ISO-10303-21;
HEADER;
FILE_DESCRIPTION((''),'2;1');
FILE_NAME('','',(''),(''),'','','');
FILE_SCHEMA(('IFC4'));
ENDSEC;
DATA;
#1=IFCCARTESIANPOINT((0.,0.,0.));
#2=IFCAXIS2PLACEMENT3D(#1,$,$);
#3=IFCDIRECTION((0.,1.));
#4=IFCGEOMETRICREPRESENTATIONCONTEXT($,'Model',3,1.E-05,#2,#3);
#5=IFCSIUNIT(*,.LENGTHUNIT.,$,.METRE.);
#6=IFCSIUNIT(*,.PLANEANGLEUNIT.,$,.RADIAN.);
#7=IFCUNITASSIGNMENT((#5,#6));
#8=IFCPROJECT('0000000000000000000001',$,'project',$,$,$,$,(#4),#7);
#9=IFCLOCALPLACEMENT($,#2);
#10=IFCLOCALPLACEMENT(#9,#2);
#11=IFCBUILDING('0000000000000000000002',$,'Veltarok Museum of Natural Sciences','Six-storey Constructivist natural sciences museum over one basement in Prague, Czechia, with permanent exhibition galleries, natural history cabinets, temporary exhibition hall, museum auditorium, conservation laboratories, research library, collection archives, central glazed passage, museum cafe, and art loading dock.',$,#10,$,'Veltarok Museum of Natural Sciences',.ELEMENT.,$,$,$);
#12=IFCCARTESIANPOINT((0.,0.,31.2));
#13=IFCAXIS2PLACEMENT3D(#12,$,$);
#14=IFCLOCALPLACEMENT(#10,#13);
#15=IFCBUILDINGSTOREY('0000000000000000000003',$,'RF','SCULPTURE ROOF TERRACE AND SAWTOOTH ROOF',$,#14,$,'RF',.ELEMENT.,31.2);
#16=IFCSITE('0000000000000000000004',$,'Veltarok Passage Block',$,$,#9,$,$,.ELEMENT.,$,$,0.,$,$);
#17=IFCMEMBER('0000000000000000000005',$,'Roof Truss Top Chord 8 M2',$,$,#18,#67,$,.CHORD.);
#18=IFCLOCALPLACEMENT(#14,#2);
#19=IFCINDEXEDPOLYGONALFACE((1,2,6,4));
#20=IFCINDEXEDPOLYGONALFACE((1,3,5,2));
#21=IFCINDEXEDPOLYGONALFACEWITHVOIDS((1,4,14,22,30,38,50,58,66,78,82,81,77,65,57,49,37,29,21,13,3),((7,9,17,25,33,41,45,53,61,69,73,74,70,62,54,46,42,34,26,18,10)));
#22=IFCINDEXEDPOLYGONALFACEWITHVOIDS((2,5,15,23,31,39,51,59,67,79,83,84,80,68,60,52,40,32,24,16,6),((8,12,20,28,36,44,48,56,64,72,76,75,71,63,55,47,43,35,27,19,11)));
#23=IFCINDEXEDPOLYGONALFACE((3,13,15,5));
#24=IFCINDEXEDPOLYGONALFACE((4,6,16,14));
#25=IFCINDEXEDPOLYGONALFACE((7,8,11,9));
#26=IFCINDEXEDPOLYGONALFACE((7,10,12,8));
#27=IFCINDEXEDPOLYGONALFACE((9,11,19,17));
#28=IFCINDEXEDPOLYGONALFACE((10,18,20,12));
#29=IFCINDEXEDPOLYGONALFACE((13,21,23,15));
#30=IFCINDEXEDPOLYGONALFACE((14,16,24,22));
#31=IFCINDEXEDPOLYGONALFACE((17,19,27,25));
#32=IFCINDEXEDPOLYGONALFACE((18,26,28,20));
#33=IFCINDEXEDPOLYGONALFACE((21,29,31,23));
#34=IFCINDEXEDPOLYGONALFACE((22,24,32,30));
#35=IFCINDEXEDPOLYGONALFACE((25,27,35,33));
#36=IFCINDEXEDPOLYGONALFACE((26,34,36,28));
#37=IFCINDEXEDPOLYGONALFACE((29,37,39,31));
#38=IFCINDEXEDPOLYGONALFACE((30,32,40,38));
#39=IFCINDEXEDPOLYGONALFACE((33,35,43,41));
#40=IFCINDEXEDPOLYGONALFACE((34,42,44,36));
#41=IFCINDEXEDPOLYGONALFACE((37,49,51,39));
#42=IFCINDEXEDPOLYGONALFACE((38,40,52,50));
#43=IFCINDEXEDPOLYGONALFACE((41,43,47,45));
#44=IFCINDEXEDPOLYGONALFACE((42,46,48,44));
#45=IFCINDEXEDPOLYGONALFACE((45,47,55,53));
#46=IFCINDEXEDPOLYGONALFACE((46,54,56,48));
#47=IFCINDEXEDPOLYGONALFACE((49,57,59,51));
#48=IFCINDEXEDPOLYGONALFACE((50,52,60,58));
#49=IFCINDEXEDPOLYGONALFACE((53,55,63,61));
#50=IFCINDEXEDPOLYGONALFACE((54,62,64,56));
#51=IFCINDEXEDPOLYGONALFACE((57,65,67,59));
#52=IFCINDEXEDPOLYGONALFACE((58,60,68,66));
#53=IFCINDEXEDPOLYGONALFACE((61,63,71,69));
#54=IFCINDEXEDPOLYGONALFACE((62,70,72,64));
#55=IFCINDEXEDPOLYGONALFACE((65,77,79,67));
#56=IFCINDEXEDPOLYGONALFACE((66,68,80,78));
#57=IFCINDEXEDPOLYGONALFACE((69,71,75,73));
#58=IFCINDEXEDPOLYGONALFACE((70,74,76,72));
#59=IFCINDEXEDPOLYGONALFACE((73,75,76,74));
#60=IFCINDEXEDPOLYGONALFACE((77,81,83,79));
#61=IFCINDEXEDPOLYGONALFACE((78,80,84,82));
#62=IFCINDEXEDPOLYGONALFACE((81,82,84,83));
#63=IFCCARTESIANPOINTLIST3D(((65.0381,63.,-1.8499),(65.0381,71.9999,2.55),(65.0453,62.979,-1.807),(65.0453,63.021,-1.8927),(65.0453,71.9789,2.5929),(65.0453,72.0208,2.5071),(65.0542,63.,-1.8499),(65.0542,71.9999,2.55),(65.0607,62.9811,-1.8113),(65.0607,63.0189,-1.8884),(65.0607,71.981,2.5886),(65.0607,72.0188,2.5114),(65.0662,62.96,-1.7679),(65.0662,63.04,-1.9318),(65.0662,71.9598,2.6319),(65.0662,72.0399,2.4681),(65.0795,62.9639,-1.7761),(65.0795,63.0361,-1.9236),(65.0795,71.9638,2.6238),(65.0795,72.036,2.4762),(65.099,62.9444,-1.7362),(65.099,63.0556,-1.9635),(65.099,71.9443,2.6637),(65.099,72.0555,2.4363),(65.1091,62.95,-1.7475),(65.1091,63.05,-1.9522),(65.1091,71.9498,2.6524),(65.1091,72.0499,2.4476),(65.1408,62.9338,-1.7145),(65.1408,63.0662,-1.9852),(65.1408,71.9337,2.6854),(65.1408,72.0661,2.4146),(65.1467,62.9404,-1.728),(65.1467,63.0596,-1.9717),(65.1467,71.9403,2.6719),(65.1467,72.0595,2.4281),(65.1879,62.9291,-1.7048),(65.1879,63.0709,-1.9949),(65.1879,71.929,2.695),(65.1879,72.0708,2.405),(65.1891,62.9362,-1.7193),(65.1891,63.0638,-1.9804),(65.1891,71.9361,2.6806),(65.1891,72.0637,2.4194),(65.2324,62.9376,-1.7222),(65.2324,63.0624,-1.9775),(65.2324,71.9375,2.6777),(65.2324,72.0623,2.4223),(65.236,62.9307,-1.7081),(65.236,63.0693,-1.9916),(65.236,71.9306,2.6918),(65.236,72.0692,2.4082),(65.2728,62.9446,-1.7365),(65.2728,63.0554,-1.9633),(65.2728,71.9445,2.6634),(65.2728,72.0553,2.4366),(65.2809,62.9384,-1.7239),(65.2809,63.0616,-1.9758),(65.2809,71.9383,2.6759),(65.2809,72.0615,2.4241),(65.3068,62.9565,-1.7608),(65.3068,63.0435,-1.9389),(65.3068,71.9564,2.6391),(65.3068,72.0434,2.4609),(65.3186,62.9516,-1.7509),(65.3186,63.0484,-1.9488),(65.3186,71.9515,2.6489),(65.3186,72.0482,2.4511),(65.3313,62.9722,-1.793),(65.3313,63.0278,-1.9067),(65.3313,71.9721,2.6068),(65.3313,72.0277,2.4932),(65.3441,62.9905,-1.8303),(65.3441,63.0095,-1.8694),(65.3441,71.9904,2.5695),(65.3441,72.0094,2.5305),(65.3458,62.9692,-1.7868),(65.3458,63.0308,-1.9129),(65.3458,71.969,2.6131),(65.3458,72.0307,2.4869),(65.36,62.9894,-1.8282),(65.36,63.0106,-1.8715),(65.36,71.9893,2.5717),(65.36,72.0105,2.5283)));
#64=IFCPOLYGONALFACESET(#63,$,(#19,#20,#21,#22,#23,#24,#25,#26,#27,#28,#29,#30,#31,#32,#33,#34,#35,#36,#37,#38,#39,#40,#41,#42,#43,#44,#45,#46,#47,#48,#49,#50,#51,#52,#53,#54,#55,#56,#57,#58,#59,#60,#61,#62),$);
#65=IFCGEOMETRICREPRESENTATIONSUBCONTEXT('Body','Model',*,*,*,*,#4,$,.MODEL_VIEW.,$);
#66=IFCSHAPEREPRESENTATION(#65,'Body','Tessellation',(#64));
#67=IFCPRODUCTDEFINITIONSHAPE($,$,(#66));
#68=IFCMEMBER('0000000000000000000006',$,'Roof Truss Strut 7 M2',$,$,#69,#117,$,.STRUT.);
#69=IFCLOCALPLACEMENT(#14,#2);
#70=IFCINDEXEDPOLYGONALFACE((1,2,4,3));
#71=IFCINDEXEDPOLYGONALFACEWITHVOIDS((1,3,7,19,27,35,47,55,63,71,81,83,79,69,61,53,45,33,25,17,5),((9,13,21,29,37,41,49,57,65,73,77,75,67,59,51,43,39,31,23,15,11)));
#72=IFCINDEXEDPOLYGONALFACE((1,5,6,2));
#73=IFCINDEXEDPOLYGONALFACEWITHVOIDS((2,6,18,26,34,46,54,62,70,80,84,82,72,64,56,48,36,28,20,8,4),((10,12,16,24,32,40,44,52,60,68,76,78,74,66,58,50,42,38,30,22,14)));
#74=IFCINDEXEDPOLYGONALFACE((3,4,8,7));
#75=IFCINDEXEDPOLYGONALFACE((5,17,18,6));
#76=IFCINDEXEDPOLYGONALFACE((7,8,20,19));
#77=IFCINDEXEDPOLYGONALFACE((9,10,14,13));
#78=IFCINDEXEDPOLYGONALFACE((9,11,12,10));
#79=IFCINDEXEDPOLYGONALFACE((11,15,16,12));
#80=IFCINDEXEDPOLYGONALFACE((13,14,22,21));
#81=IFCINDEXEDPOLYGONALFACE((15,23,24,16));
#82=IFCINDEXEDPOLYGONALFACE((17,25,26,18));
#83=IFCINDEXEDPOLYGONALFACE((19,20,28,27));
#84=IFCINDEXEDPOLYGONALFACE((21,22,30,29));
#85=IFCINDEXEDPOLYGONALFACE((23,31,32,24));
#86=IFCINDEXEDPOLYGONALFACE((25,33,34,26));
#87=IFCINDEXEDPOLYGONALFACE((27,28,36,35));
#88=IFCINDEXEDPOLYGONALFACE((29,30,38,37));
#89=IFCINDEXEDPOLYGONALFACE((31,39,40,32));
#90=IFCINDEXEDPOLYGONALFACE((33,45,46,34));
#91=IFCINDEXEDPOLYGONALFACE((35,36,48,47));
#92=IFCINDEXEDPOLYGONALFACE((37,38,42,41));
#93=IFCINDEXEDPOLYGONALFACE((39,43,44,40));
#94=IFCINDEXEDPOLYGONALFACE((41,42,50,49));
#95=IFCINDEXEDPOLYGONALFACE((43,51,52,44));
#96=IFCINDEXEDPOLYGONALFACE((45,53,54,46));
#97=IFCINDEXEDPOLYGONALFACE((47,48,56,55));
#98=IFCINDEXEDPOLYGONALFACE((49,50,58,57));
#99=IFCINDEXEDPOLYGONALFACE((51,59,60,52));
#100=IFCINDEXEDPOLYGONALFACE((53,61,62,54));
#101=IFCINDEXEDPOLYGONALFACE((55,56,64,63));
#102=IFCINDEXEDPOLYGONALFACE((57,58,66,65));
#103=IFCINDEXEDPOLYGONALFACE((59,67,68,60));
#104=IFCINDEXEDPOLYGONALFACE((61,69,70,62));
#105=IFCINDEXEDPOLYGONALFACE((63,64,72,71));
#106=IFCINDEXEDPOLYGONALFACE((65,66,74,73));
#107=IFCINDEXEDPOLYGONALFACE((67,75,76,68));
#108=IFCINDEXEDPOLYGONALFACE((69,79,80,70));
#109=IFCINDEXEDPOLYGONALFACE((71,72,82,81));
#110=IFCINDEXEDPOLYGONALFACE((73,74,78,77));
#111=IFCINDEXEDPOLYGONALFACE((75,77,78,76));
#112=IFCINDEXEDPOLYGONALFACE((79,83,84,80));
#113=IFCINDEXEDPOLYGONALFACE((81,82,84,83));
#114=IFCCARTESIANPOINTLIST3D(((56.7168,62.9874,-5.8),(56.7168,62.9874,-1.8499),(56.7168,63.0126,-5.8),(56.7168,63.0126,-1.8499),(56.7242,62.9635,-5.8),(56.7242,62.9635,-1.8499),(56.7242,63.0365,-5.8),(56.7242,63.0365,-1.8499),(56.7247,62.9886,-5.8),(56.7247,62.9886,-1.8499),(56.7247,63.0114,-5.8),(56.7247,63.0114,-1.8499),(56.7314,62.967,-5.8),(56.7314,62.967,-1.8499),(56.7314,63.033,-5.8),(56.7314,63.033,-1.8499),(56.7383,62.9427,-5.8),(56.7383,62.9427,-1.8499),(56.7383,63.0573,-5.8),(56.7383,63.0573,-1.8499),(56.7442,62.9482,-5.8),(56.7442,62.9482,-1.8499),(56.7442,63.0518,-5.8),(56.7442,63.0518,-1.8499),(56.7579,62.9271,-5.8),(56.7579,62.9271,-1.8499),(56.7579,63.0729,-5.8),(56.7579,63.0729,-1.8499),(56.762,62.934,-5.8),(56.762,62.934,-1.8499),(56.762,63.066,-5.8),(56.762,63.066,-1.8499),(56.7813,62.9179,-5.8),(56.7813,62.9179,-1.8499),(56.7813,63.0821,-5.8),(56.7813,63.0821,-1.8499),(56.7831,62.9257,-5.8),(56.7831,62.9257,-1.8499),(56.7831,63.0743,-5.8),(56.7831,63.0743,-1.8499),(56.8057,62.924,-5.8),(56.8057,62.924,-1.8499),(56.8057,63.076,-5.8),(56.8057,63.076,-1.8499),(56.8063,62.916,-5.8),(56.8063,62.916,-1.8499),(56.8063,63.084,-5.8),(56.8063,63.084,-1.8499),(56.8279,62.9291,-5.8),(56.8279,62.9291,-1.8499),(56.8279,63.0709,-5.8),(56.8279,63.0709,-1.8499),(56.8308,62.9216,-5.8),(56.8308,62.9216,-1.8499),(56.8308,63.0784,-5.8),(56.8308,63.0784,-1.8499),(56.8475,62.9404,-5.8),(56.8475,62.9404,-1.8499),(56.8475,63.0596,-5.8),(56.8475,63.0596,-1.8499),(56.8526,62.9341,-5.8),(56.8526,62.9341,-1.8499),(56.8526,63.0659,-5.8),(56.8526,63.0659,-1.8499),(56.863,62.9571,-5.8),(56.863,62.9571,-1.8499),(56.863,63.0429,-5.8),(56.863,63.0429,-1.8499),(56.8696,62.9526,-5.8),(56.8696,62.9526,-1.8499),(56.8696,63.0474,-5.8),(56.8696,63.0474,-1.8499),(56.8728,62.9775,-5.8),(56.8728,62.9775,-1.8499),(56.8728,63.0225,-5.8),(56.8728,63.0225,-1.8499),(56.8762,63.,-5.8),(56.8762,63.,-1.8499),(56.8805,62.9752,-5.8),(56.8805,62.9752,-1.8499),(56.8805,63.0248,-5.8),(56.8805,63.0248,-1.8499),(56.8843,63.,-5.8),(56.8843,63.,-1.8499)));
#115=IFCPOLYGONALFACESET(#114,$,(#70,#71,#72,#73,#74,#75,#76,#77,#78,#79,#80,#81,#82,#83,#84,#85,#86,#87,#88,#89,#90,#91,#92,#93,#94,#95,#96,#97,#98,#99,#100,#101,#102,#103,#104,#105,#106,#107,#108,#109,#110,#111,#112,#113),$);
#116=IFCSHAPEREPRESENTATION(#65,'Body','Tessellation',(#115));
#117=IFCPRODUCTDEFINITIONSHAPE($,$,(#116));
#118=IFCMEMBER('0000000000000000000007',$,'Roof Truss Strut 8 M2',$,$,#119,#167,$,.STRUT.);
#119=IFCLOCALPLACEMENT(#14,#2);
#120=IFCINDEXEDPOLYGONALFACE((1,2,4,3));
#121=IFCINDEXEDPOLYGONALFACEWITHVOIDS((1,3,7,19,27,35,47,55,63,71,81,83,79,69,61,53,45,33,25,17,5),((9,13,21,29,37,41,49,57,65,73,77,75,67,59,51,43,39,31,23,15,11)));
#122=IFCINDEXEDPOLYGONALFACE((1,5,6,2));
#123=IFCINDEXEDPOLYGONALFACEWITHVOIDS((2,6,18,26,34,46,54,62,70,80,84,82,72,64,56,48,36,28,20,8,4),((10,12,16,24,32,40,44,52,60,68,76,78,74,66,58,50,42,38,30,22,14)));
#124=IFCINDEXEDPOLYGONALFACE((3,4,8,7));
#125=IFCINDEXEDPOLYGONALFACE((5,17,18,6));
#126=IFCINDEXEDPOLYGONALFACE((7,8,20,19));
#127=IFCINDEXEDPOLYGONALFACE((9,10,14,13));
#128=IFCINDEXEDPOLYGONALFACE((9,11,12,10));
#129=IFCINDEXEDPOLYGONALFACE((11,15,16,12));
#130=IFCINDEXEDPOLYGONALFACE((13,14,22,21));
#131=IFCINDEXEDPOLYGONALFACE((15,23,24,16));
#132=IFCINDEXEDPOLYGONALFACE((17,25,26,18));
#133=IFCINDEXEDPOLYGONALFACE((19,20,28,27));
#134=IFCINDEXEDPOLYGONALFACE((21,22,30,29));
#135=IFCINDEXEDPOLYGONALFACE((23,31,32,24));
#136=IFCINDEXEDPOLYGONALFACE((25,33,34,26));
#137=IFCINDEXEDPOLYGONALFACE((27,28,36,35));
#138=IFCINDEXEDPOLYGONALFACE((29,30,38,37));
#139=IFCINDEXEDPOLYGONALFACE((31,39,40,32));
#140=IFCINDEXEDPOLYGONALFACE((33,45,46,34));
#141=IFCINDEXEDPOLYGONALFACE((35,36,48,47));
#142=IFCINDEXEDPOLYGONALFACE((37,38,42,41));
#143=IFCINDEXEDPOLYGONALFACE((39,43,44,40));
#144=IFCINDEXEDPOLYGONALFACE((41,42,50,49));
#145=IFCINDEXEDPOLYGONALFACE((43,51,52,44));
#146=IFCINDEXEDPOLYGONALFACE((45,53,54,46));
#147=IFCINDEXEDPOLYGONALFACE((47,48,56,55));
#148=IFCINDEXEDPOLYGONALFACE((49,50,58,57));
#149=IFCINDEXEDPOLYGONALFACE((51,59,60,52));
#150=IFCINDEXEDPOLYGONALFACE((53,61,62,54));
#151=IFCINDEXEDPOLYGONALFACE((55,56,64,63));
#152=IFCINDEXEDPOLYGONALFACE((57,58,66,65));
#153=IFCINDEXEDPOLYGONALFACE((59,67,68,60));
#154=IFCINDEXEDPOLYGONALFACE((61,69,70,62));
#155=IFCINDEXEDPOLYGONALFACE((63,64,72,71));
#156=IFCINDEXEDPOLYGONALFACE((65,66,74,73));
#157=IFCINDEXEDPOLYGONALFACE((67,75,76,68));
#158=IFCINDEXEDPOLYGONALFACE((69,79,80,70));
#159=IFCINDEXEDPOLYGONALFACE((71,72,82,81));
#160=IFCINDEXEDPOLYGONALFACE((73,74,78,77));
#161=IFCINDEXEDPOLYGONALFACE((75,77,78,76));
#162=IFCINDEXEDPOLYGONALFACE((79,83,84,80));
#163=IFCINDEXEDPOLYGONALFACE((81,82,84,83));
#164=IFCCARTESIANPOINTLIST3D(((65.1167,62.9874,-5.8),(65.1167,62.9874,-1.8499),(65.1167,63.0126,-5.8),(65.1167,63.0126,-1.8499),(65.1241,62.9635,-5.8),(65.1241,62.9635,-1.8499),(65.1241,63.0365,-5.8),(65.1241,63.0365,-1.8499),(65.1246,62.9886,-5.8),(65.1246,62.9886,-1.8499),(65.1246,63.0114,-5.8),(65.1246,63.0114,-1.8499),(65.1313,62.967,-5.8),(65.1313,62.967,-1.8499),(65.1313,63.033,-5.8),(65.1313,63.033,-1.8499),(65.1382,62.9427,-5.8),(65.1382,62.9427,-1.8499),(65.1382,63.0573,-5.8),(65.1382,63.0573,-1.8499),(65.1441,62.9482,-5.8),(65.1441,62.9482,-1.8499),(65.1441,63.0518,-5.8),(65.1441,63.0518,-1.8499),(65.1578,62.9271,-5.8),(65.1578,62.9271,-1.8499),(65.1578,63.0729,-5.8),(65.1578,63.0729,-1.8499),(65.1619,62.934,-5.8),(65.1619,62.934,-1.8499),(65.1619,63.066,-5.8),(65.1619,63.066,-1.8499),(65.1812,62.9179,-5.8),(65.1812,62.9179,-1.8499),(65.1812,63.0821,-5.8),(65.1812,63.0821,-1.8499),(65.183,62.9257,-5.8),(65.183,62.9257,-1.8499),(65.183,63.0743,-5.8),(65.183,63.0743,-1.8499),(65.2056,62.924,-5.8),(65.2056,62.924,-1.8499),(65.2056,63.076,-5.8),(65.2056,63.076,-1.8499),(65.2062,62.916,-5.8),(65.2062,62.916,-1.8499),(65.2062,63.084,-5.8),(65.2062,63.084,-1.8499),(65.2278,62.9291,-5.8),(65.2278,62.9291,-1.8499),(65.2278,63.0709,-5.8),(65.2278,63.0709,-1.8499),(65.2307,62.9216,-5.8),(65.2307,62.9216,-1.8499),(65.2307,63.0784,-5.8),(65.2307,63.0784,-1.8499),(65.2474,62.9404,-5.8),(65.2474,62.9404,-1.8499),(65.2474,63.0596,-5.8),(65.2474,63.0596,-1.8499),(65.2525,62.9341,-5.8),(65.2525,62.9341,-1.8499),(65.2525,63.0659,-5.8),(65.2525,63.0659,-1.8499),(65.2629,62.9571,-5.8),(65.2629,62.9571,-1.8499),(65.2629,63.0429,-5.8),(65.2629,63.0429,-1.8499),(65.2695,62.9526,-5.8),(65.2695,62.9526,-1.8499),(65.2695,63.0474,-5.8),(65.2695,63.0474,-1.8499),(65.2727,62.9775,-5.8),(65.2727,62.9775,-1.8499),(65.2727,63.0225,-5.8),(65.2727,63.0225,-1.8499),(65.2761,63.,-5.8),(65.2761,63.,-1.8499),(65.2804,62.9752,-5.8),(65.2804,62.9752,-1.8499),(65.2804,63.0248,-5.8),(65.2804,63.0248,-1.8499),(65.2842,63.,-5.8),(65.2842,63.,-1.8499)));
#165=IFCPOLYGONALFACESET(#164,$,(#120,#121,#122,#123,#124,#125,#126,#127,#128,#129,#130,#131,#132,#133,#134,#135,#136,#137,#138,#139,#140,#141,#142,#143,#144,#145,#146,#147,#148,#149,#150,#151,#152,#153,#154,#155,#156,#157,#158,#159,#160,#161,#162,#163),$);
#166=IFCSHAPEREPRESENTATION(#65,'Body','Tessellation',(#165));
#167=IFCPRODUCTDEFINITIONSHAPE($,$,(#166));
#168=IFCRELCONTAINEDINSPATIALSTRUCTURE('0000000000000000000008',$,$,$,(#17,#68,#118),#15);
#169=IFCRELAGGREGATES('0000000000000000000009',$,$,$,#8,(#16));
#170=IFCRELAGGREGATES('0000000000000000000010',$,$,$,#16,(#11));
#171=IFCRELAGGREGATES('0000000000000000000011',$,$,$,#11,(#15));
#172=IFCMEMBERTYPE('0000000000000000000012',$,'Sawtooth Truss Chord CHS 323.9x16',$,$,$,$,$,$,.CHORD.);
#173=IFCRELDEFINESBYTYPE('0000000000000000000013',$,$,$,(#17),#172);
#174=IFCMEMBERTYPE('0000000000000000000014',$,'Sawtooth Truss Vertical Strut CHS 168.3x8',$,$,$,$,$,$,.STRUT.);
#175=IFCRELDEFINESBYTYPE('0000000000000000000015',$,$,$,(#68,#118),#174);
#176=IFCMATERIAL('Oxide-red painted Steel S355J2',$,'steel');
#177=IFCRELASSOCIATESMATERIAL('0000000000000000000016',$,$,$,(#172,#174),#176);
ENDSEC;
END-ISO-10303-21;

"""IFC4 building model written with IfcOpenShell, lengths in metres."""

from ifc_helpers import new_model, si_unit, direction, frame, origin, origin_2d, place, context, subcontext, project, spatial, hollow_circle, extrude, material, material_profile, profile_set, type_object, element, save


model = new_model("IFC4")

# Units and contexts
model_context = context("Model", 3, precision=1e-05, world=origin(), true_north=direction((0.0, 1.0)))
body_context = subcontext(model_context, "Body", "Model", "MODEL_VIEW")
ifc_project = project(units=[si_unit("LENGTHUNIT", "METRE"), si_unit("PLANEANGLEUNIT", "RADIAN")], contexts=[model_context])

# Site, building, storey
site_placement = place(None, origin())
site = spatial("IfcSite", under=ifc_project, at=site_placement, Name="Veltarok Passage Block", CompositionType="ELEMENT", RefElevation=0.0)
building_placement = place(site_placement, origin())
building = spatial("IfcBuilding", under=site, at=building_placement, Name="Veltarok Museum of Natural Sciences", Description="Six-storey Constructivist natural sciences museum over one basement in Prague, Czechia, with permanent exhibition galleries, natural history cabinets, temporary exhibition hall, museum auditorium, conservation laboratories, research library, collection archives, central glazed passage, museum cafe, and art loading dock.", LongName="Veltarok Museum of Natural Sciences", CompositionType="ELEMENT")
storey_placement = place(building_placement, frame((0.0, 0.0, 31.2)))
storey = spatial("IfcBuildingStorey", under=building, at=storey_placement, Name="RF", Description="SCULPTURE ROOF TERRACE AND SAWTOOTH ROOF", LongName="RF", CompositionType="ELEMENT", Elevation=31.2)

# Members
ifc_material_1 = material(Name="Oxide-red painted Steel S355J2", Category="steel")
ifc_material_profile_1 = material_profile(ifc_material_1, hollow_circle(Radius=0.1619, WallThickness=0.0161, at=origin_2d()), Name="CHS 323.9x16")
ifc_profile_set_1 = profile_set([ifc_material_profile_1], Name="Oxide-red painted Steel S355J2")
member_type_1 = type_object("IfcMemberType", Name="Sawtooth Truss Chord CHS 323.9x16", PredefinedType="CHORD", material=ifc_profile_set_1)
member_1_placement = place(storey_placement, frame((65.2, 63.0, -1.8499), z_axis=(0.0, 0.898388, 0.439202), x_axis=(-1.0, 0.0, 0.0)))
element("IfcMember", 1, at=member_1_placement, inside=storey, type_object=member_type_1, Name="Roof Truss Top Chord 8 M2", PredefinedType="CHORD", context=body_context, shape_type="SweptSolid", body=[
    extrude(hollow_circle(Radius=0.1619, WallThickness=0.0161, at=origin_2d()), origin(), (0.0, 0.0, 1.0), 10.0178),
])
ifc_material_profile_2 = material_profile(ifc_material_1, hollow_circle(Radius=0.0842, WallThickness=0.0081, at=origin_2d()), Name="CHS 168.3x8")
ifc_profile_set_2 = profile_set([ifc_material_profile_2], Name="Oxide-red painted Steel S355J2")
member_type_2 = type_object("IfcMemberType", Name="Sawtooth Truss Vertical Strut CHS 168.3x8", PredefinedType="STRUT", material=ifc_profile_set_2)
for number, where, z_axis, x_axis, name in (
    (2, (56.8, 63.0, -5.8), (0.0, 0.0, 1.0), (1.0, 0.0, 0.0), "Roof Truss Strut 7 M2"),
    (3, (65.2, 63.0, -5.8), (0.0, 0.0, 1.0), (1.0, 0.0, 0.0), "Roof Truss Strut 8 M2"),
):
    element("IfcMember", number, at=place(storey_placement, frame(where, z_axis=z_axis, x_axis=x_axis)), inside=storey, type_object=member_type_2, Name=name, PredefinedType="STRUT", context=body_context, shape_type="SweptSolid", body=[
        extrude(hollow_circle(Radius=0.0842, WallThickness=0.0081, at=origin_2d()), origin(), (0.0, 0.0, 1.0), 3.9502),
    ])

save(model, "model.ifc")
